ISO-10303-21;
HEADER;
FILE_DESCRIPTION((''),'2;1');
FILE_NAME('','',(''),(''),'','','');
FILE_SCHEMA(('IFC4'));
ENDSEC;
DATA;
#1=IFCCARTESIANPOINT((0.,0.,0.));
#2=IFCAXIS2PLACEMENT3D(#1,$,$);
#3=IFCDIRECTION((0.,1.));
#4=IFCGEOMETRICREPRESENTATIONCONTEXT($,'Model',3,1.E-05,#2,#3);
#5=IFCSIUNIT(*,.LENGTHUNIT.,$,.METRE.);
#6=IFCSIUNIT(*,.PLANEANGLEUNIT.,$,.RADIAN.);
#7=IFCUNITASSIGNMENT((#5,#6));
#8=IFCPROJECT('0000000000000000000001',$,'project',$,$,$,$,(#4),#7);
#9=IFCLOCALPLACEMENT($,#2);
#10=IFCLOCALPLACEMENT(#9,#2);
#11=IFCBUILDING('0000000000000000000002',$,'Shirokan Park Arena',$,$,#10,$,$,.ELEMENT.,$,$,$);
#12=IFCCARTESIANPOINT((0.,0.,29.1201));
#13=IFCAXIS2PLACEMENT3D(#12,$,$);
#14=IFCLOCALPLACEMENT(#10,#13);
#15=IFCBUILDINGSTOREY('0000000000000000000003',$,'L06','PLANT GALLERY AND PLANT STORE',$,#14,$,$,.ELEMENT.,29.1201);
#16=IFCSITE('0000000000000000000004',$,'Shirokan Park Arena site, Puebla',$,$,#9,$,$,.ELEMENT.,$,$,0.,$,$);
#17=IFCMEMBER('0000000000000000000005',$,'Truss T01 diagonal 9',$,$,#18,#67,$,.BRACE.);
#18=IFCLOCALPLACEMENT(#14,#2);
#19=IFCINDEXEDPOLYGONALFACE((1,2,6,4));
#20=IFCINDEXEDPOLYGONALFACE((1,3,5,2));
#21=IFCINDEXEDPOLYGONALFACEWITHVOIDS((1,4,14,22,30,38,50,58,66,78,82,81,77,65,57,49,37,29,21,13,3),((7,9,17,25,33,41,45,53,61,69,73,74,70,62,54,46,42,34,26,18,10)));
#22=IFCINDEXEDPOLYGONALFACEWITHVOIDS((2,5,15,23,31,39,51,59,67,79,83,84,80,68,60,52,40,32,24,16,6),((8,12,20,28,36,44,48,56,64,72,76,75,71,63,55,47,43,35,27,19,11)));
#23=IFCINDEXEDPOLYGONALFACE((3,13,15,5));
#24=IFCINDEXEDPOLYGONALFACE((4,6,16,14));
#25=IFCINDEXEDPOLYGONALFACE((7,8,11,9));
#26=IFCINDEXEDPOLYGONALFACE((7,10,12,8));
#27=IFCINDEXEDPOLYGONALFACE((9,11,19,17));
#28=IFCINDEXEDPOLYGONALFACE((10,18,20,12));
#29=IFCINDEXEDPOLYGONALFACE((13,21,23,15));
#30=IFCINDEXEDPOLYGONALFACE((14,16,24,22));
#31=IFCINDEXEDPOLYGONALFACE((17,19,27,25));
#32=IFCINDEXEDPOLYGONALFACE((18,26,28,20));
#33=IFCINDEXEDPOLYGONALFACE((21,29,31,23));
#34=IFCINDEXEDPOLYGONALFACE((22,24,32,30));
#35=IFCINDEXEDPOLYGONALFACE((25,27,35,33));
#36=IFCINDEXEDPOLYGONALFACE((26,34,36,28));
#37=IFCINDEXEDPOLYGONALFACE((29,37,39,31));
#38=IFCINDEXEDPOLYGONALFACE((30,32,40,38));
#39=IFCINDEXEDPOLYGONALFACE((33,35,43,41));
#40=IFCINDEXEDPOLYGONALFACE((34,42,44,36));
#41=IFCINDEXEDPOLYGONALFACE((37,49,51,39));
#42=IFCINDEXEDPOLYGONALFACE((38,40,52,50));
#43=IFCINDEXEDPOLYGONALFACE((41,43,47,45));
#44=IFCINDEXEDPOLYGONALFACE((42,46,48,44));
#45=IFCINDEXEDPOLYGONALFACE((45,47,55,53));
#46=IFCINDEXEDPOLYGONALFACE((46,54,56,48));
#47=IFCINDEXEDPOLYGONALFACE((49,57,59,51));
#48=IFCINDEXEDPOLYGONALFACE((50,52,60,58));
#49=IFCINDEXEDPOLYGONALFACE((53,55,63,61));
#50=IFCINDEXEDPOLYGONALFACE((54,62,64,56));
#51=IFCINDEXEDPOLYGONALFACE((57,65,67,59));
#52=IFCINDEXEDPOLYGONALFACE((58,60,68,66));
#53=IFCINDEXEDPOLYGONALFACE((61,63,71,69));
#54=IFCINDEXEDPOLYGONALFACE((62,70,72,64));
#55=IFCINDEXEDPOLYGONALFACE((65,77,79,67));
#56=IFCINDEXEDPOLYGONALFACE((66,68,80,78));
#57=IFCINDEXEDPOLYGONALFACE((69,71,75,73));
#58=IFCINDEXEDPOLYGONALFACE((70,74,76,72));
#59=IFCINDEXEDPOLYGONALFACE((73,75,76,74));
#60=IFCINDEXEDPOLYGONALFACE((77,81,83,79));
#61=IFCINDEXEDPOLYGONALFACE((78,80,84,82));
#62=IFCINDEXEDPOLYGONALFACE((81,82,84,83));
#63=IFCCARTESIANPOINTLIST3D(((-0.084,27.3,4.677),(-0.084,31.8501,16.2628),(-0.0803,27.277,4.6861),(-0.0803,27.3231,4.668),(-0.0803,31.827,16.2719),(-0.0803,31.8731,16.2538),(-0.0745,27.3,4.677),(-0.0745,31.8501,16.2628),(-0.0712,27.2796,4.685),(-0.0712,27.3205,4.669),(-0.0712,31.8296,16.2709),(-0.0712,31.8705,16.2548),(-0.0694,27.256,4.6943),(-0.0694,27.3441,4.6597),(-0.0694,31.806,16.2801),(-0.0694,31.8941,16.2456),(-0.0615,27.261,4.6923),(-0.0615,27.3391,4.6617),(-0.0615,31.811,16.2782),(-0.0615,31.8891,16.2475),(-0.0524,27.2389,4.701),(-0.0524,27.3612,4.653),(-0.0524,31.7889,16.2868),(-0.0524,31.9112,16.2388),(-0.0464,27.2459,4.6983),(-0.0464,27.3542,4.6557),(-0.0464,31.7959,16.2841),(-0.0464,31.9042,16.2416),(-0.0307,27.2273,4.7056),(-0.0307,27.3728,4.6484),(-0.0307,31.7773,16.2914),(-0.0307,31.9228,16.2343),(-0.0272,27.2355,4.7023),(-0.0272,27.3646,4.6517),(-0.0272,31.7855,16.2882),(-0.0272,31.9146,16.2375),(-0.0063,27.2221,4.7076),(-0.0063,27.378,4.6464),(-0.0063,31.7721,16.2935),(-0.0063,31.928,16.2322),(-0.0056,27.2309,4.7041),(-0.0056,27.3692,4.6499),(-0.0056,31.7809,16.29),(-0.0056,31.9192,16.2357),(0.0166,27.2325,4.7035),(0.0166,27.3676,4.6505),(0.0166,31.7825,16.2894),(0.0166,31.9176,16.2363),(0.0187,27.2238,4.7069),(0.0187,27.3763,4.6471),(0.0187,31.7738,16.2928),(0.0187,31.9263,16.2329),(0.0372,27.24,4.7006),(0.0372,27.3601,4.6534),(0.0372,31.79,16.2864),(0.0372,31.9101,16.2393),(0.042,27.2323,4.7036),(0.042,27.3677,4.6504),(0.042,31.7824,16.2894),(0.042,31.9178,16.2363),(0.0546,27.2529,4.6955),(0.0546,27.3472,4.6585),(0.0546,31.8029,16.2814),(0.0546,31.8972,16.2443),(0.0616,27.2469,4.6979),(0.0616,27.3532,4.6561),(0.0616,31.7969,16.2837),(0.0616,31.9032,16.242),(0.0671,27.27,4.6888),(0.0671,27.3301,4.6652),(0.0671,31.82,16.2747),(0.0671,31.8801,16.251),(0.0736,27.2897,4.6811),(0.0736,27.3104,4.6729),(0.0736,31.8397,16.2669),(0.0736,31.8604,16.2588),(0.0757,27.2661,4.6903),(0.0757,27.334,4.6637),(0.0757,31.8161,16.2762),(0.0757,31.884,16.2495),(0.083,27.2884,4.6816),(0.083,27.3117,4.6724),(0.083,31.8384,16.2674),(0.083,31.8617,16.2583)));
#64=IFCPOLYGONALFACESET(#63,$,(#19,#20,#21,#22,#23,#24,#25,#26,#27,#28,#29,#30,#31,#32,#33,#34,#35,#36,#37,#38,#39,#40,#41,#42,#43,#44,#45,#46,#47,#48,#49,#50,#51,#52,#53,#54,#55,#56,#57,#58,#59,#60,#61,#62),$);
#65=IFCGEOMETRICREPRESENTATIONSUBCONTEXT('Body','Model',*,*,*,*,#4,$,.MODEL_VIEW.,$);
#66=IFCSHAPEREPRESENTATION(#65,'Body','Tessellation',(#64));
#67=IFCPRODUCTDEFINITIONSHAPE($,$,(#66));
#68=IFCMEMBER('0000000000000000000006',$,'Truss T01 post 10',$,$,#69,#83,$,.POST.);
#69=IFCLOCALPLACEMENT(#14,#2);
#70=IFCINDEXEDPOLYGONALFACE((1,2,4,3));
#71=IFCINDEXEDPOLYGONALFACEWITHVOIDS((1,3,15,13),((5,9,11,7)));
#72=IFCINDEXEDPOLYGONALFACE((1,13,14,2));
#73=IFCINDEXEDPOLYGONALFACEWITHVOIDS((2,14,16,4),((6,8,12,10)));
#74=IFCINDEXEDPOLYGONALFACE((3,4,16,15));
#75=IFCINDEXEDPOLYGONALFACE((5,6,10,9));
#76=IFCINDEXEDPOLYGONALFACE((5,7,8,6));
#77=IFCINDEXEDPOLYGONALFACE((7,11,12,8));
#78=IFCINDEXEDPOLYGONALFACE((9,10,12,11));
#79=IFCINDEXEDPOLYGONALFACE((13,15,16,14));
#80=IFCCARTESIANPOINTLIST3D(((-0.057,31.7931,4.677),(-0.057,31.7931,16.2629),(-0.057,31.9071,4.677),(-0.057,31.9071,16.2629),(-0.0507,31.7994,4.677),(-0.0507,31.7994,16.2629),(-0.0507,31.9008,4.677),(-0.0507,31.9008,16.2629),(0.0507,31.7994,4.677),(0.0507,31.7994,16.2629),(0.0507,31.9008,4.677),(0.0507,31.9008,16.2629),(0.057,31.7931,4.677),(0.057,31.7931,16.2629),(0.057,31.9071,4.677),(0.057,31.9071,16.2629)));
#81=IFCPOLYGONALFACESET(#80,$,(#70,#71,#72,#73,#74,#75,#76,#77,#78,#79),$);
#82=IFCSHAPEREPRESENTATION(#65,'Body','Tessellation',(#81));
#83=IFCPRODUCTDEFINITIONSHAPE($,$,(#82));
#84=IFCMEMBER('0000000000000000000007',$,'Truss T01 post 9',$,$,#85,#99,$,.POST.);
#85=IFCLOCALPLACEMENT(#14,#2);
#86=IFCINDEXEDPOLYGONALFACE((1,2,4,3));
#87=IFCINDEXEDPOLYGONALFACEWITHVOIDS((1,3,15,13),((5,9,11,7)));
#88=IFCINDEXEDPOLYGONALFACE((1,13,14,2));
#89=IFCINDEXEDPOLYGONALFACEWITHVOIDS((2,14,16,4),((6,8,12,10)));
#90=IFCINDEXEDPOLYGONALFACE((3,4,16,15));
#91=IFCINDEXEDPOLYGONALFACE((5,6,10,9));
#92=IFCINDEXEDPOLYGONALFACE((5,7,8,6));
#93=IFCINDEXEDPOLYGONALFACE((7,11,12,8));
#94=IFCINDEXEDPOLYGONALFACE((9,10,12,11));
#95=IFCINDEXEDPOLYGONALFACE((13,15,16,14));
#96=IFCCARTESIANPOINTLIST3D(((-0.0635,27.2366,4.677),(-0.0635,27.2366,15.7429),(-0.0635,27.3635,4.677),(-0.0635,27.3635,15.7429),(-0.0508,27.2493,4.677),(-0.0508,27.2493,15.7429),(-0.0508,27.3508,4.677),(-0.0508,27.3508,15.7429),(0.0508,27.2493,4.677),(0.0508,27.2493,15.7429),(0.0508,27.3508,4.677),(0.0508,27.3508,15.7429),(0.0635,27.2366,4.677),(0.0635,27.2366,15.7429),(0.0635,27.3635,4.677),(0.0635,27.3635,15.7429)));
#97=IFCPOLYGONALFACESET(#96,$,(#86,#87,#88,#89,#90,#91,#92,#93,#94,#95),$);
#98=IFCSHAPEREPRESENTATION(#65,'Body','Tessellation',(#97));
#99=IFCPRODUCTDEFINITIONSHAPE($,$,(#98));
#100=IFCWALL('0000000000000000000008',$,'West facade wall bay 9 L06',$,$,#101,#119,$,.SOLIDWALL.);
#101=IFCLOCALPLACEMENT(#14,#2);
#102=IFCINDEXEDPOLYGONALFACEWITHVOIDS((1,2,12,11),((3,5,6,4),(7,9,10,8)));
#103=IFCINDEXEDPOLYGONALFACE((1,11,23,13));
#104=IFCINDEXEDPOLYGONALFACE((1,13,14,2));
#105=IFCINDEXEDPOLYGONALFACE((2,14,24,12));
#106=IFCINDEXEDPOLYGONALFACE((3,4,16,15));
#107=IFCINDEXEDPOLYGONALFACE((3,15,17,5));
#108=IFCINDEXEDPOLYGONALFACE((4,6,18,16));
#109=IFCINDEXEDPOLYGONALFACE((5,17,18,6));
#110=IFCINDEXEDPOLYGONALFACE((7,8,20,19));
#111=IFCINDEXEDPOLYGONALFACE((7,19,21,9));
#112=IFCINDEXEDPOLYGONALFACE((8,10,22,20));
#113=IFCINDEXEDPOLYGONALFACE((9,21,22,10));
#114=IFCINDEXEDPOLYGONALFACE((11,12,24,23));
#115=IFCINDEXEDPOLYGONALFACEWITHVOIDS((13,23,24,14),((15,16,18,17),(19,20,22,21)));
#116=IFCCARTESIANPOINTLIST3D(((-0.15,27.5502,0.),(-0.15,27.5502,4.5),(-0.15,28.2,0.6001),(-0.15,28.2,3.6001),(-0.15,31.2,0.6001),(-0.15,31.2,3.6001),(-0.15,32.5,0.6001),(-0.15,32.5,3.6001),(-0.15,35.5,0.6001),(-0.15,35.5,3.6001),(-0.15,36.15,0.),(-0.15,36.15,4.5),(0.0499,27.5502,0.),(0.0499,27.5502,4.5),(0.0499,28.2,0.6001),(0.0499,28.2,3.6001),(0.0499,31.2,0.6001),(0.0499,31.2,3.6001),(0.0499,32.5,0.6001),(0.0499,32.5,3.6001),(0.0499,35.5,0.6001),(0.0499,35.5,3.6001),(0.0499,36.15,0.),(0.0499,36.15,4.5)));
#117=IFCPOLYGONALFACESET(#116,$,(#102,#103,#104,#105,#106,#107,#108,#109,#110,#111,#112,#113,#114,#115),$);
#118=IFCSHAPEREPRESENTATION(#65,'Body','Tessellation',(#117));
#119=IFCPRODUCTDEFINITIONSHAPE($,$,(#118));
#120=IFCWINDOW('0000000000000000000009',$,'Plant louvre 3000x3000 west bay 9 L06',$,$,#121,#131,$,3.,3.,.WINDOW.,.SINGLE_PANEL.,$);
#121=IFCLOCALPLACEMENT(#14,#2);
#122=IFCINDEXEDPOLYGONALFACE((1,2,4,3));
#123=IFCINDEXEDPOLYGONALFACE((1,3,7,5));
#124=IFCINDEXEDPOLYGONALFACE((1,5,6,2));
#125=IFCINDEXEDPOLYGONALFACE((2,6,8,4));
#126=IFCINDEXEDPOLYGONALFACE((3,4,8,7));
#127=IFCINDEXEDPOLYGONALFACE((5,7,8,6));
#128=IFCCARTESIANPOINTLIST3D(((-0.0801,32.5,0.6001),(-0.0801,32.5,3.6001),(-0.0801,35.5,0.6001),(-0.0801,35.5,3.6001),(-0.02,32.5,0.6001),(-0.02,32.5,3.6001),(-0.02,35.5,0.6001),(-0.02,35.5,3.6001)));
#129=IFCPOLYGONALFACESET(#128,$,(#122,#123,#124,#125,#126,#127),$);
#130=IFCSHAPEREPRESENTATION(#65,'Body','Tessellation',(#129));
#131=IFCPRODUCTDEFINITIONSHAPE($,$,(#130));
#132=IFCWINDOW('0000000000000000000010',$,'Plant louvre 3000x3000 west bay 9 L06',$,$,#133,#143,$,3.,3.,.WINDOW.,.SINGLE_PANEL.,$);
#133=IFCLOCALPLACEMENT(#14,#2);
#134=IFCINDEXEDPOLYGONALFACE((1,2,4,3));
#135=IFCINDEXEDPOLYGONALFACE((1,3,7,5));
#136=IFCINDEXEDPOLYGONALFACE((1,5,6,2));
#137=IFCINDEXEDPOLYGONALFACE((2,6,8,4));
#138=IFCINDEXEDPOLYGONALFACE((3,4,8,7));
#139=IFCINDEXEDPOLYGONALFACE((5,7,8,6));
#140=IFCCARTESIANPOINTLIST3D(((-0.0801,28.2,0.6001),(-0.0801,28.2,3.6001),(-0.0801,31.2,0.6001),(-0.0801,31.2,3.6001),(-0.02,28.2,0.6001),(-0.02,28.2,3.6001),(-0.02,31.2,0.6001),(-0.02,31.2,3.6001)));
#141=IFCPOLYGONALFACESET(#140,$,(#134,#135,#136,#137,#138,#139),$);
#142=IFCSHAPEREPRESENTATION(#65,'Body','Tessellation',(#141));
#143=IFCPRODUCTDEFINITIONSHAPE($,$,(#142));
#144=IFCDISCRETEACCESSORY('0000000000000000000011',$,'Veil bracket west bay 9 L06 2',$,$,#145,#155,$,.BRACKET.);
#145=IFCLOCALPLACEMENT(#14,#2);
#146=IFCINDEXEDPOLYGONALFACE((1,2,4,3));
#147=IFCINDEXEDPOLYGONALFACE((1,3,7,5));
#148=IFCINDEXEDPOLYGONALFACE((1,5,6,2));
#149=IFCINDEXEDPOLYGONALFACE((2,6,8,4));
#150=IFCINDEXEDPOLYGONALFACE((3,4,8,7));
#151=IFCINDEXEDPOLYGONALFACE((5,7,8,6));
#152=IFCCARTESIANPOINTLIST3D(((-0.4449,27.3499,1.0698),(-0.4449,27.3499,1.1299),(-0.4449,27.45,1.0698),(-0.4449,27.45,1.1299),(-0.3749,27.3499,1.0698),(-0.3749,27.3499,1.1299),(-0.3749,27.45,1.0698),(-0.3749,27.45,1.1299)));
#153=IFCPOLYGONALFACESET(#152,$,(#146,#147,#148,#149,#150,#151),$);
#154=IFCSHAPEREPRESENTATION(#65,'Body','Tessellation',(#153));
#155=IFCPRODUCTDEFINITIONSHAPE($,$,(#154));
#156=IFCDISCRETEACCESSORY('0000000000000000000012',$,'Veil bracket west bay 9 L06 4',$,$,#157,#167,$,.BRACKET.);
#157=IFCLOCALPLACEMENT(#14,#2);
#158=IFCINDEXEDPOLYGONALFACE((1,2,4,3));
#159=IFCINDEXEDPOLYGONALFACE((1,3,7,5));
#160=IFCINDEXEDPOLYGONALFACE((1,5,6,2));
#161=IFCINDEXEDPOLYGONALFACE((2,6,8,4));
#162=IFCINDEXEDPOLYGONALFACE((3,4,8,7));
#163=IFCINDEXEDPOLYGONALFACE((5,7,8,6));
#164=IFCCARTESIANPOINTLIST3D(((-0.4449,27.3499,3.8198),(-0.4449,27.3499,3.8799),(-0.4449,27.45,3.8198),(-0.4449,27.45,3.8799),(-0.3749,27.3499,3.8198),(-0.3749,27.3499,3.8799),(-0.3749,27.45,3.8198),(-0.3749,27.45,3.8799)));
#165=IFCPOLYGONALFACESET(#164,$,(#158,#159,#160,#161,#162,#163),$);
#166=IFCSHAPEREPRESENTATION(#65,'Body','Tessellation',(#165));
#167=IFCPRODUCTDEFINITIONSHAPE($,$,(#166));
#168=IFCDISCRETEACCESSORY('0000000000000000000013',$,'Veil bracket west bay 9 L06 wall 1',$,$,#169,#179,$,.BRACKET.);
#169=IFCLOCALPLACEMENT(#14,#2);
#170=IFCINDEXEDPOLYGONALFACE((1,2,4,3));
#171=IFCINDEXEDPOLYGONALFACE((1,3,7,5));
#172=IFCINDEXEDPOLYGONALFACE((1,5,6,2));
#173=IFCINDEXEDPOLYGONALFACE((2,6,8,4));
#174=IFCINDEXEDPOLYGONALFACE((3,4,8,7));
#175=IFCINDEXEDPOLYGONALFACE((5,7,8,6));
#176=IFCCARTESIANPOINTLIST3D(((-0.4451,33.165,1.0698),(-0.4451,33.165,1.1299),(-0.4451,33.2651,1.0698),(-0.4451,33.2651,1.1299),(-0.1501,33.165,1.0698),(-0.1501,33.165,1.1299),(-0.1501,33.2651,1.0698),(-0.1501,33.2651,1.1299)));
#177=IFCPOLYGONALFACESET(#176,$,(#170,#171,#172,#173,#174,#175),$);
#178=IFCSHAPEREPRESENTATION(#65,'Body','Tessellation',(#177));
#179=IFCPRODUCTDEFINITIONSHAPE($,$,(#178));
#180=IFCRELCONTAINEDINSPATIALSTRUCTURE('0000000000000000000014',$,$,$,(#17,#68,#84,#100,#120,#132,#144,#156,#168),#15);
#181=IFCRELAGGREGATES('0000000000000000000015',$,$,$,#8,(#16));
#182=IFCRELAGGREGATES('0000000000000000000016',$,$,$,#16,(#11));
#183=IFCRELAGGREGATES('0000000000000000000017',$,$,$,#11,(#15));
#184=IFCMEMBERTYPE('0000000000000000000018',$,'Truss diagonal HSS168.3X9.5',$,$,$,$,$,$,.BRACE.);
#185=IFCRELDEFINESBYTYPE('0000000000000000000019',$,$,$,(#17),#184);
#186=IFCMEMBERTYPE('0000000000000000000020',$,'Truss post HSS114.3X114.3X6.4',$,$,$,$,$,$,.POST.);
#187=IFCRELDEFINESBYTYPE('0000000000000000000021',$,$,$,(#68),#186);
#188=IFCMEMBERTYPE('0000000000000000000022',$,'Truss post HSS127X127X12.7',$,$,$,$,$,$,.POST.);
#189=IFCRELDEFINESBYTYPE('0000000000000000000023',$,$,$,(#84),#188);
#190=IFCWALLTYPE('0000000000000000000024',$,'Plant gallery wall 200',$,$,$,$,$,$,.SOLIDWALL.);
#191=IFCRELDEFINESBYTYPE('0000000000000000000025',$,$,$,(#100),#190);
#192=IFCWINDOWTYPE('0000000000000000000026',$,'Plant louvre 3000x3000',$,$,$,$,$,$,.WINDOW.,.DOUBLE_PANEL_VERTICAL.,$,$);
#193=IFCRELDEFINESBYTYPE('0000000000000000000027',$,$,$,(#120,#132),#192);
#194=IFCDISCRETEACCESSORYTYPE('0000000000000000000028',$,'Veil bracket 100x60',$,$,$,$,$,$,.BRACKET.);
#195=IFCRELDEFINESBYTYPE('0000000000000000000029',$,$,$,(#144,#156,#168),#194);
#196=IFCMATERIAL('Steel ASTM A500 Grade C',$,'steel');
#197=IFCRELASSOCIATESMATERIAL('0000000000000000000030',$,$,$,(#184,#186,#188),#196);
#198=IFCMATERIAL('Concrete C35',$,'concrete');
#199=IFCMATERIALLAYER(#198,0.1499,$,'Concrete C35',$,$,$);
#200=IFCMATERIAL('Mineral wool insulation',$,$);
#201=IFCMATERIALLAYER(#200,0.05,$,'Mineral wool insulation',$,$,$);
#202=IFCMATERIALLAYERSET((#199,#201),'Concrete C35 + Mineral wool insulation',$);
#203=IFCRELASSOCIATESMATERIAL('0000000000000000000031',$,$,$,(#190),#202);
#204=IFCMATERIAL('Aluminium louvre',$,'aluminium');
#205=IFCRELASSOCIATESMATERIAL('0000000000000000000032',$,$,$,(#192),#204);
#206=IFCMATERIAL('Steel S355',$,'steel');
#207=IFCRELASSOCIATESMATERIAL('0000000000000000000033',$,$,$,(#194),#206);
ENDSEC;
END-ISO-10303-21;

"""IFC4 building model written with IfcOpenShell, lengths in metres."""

from ifc_helpers import new_model, si_unit, direction, frame, frame_2d, origin, origin_2d, place, context, subcontext, project, spatial, rectangle, hollow_rectangle, hollow_circle, extrude, material, layer, layer_set, material_profile, profile_set, type_object, element, fill, save


model = new_model("IFC4")

# Units and contexts
model_context = context("Model", 3, precision=1e-05, world=origin(), true_north=direction((0.0, 1.0)))
body_context = subcontext(model_context, "Body", "Model", "MODEL_VIEW")
ifc_project = project(units=[si_unit("LENGTHUNIT", "METRE"), si_unit("PLANEANGLEUNIT", "RADIAN")], contexts=[model_context])

# Site, building, storey
site_placement = place(None, origin())
site = spatial("IfcSite", under=ifc_project, at=site_placement, Name="Shirokan Park Arena site, Puebla", CompositionType="ELEMENT", RefElevation=0.0)
building_placement = place(site_placement, origin())
building = spatial("IfcBuilding", under=site, at=building_placement, Name="Shirokan Park Arena", CompositionType="ELEMENT")
storey_placement = place(building_placement, frame((0.0, 0.0, 29.1201)))
storey = spatial("IfcBuildingStorey", under=building, at=storey_placement, Name="L06", Description="PLANT GALLERY AND PLANT STORE", CompositionType="ELEMENT", Elevation=29.1201)

# Shared definitions
ifc_material_1 = material(Name="Concrete C35", Category="concrete")

# Shared definitions
ifc_material_2 = material(Name="Steel ASTM A500 Grade C", Category="steel")

# Members
ifc_material_profile_1 = material_profile(ifc_material_2, hollow_circle(Radius=0.084, WallThickness=0.0095, at=origin_2d()), Name="HSS168.3X9.5")
ifc_profile_set_1 = profile_set([ifc_material_profile_1], Name="Steel ASTM A500 Grade C")
member_type_1 = type_object("IfcMemberType", Name="Truss diagonal HSS168.3X9.5", PredefinedType="BRACE", material=ifc_profile_set_1)
member_1_placement = place(storey_placement, frame((0.0, 27.3, 4.677), z_axis=(0.0, 0.365543, 0.930794), x_axis=(-1.0, 0.0, 0.0)))
element("IfcMember", 1, at=member_1_placement, inside=storey, type_object=member_type_1, Name="Truss T01 diagonal 9", PredefinedType="BRACE", context=body_context, shape_type="SweptSolid", body=[
    extrude(hollow_circle(Radius=0.084, WallThickness=0.0095, at=origin_2d()), origin(), (0.0, 0.0, 1.0), 12.4473),
])
ifc_material_profile_2 = material_profile(ifc_material_2, hollow_rectangle(XDim=0.114, YDim=0.114, WallThickness=0.0063, at=origin_2d()), Name="HSS114.3X114.3X6.4")
ifc_profile_set_2 = profile_set([ifc_material_profile_2], Name="Steel ASTM A500 Grade C")
member_type_2 = type_object("IfcMemberType", Name="Truss post HSS114.3X114.3X6.4", PredefinedType="POST", material=ifc_profile_set_2)
member_2_placement = place(storey_placement, frame((0.0, 31.8501, 4.677), z_axis=(0.0, 0.0, 1.0), x_axis=(1.0, 0.0, 0.0)))
element("IfcMember", 2, at=member_2_placement, inside=storey, type_object=member_type_2, Name="Truss T01 post 10", PredefinedType="POST", context=body_context, shape_type="SweptSolid", body=[
    extrude(hollow_rectangle(XDim=0.114, YDim=0.114, WallThickness=0.0063, at=origin_2d()), origin(), (0.0, 0.0, 1.0), 11.5859),
])
ifc_material_profile_3 = material_profile(ifc_material_2, hollow_rectangle(XDim=0.127, YDim=0.127, WallThickness=0.0127, at=origin_2d()), Name="HSS127X127X12.7")
ifc_profile_set_3 = profile_set([ifc_material_profile_3], Name="Steel ASTM A500 Grade C")
member_type_3 = type_object("IfcMemberType", Name="Truss post HSS127X127X12.7", PredefinedType="POST", material=ifc_profile_set_3)
member_3_placement = place(storey_placement, frame((0.0, 27.3, 4.677), z_axis=(0.0, 0.0, 1.0), x_axis=(1.0, 0.0, 0.0)))
element("IfcMember", 3, at=member_3_placement, inside=storey, type_object=member_type_3, Name="Truss T01 post 9", PredefinedType="POST", context=body_context, shape_type="SweptSolid", body=[
    extrude(hollow_rectangle(XDim=0.127, YDim=0.127, WallThickness=0.0127, at=origin_2d()), origin(), (0.0, 0.0, 1.0), 11.0659),
])

# Wall, openings, windows
ifc_layer_1 = layer(ifc_material_1, 0.1499, Name="Concrete C35")
ifc_material_3 = material(Name="Mineral wool insulation")
ifc_layer_2 = layer(ifc_material_3, 0.05, Name="Mineral wool insulation")
ifc_layer_set = layer_set([ifc_layer_1, ifc_layer_2], Name="Concrete C35 + Mineral wool insulation")
wall_type = type_object("IfcWallType", Name="Plant gallery wall 200", PredefinedType="SOLIDWALL", material=ifc_layer_set)
wall_placement = place(storey_placement, frame((-0.05, 36.1499, 0.0), z_axis=(0.0, 0.0, 1.0), x_axis=(0.0, -1.0, 0.0)))
wall = element("IfcWall", 4, at=wall_placement, inside=storey, type_object=wall_type, Name="West facade wall bay 9 L06", PredefinedType="SOLIDWALL", context=body_context, shape_type="SweptSolid", body=[
    extrude(rectangle(XDim=8.5999, YDim=0.2, at=frame_2d((4.2998, 0.0))), origin(), (0.0, 0.0, 1.0), 4.5),
])
opening_1_placement = place(wall_placement, frame((0.6499, 0.0, 0.6001)))
opening_1 = element("IfcOpeningElement", 5, at=opening_1_placement, cuts=wall, PredefinedType="OPENING", context=body_context, shape_type="SweptSolid", body=[
    extrude(rectangle(XDim=3.0, YDim=3.0, at=frame_2d((1.5, 1.5))), frame((0.0, 0.1099, 0.0), z_axis=(0.0, -1.0, 0.0), x_axis=(1.0, 0.0, 0.0)), (0.0, 0.0, 1.0), 0.22),
])
opening_2_placement = place(wall_placement, frame((4.95, 0.0, 0.6001)))
opening_2 = element("IfcOpeningElement", 6, at=opening_2_placement, cuts=wall, PredefinedType="OPENING", context=body_context, shape_type="SweptSolid", body=[
    extrude(rectangle(XDim=3.0, YDim=3.0, at=frame_2d((1.5, 1.5))), frame((0.0, 0.1099, 0.0), z_axis=(0.0, -1.0, 0.0), x_axis=(1.0, 0.0, 0.0)), (0.0, 0.0, 1.0), 0.22),
])
ifc_material_4 = material(Name="Aluminium louvre", Category="aluminium")
window_type = type_object("IfcWindowType", Name="Plant louvre 3000x3000", PartitioningType="DOUBLE_PANEL_VERTICAL", PredefinedType="WINDOW", material=ifc_material_4)
window_1_placement = place(opening_1_placement, origin())
window_1 = element("IfcWindow", 7, at=window_1_placement, inside=storey, type_object=window_type, Name="Plant louvre 3000x3000 west bay 9 L06", OverallHeight=3.0, OverallWidth=3.0, PartitioningType="SINGLE_PANEL", PredefinedType="WINDOW", context=body_context, shape_type="SweptSolid", body=[
    extrude(rectangle(XDim=3.0, YDim=3.0, at=frame_2d((1.5, 1.5))), frame((0.0, 0.03, 0.0), z_axis=(0.0, -1.0, 0.0), x_axis=(1.0, 0.0, 0.0)), (0.0, 0.0, 1.0), 0.0601),
])
fill(opening_1, window_1)
window_2_placement = place(opening_2_placement, origin())
window_2 = element("IfcWindow", 8, at=window_2_placement, inside=storey, type_object=window_type, Name="Plant louvre 3000x3000 west bay 9 L06", OverallHeight=3.0, OverallWidth=3.0, PartitioningType="SINGLE_PANEL", PredefinedType="WINDOW", context=body_context, shape_type="SweptSolid", body=[
    extrude(rectangle(XDim=3.0, YDim=3.0, at=frame_2d((1.5, 1.5))), frame((0.0, 0.03, 0.0), z_axis=(0.0, -1.0, 0.0), x_axis=(1.0, 0.0, 0.0)), (0.0, 0.0, 1.0), 0.0601),
])
fill(opening_2, window_2)

# Discrete accessories
ifc_material_5 = material(Name="Steel S355", Category="steel")
discrete_accessory_type = type_object("IfcDiscreteAccessoryType", Name="Veil bracket 100x60", PredefinedType="BRACKET", material=ifc_material_5)
for number, where, z_axis, x_axis, name in (
    (9, (-0.4099, 27.3999, 1.0698), (0.0, 0.0, 1.0), (0.0, -1.0, 0.0), "Veil bracket west bay 9 L06 2"),
    (10, (-0.4099, 27.3999, 3.8198), (0.0, 0.0, 1.0), (0.0, -1.0, 0.0), "Veil bracket west bay 9 L06 4"),
):
    element("IfcDiscreteAccessory", number, at=place(storey_placement, frame(where, z_axis=z_axis, x_axis=x_axis)), inside=storey, type_object=discrete_accessory_type, Name=name, PredefinedType="BRACKET", context=body_context, shape_type="SweptSolid", body=[
        extrude(rectangle(XDim=0.1001, YDim=0.0701, at=origin_2d()), origin(), (0.0, 0.0, 1.0), 0.0601),
    ])
for number, where, z_axis, x_axis, name in (
    (11, (-0.2976, 33.2151, 1.0698), (0.0, 0.0, 1.0), (0.0, -1.0, 0.0), "Veil bracket west bay 9 L06 wall 1"),
):
    element("IfcDiscreteAccessory", number, at=place(storey_placement, frame(where, z_axis=z_axis, x_axis=x_axis)), inside=storey, type_object=discrete_accessory_type, Name=name, PredefinedType="BRACKET", context=body_context, shape_type="SweptSolid", body=[
        extrude(rectangle(XDim=0.1001, YDim=0.2949, at=origin_2d()), origin(), (0.0, 0.0, 1.0), 0.0601),
    ])

save(model, "model.ifc")
